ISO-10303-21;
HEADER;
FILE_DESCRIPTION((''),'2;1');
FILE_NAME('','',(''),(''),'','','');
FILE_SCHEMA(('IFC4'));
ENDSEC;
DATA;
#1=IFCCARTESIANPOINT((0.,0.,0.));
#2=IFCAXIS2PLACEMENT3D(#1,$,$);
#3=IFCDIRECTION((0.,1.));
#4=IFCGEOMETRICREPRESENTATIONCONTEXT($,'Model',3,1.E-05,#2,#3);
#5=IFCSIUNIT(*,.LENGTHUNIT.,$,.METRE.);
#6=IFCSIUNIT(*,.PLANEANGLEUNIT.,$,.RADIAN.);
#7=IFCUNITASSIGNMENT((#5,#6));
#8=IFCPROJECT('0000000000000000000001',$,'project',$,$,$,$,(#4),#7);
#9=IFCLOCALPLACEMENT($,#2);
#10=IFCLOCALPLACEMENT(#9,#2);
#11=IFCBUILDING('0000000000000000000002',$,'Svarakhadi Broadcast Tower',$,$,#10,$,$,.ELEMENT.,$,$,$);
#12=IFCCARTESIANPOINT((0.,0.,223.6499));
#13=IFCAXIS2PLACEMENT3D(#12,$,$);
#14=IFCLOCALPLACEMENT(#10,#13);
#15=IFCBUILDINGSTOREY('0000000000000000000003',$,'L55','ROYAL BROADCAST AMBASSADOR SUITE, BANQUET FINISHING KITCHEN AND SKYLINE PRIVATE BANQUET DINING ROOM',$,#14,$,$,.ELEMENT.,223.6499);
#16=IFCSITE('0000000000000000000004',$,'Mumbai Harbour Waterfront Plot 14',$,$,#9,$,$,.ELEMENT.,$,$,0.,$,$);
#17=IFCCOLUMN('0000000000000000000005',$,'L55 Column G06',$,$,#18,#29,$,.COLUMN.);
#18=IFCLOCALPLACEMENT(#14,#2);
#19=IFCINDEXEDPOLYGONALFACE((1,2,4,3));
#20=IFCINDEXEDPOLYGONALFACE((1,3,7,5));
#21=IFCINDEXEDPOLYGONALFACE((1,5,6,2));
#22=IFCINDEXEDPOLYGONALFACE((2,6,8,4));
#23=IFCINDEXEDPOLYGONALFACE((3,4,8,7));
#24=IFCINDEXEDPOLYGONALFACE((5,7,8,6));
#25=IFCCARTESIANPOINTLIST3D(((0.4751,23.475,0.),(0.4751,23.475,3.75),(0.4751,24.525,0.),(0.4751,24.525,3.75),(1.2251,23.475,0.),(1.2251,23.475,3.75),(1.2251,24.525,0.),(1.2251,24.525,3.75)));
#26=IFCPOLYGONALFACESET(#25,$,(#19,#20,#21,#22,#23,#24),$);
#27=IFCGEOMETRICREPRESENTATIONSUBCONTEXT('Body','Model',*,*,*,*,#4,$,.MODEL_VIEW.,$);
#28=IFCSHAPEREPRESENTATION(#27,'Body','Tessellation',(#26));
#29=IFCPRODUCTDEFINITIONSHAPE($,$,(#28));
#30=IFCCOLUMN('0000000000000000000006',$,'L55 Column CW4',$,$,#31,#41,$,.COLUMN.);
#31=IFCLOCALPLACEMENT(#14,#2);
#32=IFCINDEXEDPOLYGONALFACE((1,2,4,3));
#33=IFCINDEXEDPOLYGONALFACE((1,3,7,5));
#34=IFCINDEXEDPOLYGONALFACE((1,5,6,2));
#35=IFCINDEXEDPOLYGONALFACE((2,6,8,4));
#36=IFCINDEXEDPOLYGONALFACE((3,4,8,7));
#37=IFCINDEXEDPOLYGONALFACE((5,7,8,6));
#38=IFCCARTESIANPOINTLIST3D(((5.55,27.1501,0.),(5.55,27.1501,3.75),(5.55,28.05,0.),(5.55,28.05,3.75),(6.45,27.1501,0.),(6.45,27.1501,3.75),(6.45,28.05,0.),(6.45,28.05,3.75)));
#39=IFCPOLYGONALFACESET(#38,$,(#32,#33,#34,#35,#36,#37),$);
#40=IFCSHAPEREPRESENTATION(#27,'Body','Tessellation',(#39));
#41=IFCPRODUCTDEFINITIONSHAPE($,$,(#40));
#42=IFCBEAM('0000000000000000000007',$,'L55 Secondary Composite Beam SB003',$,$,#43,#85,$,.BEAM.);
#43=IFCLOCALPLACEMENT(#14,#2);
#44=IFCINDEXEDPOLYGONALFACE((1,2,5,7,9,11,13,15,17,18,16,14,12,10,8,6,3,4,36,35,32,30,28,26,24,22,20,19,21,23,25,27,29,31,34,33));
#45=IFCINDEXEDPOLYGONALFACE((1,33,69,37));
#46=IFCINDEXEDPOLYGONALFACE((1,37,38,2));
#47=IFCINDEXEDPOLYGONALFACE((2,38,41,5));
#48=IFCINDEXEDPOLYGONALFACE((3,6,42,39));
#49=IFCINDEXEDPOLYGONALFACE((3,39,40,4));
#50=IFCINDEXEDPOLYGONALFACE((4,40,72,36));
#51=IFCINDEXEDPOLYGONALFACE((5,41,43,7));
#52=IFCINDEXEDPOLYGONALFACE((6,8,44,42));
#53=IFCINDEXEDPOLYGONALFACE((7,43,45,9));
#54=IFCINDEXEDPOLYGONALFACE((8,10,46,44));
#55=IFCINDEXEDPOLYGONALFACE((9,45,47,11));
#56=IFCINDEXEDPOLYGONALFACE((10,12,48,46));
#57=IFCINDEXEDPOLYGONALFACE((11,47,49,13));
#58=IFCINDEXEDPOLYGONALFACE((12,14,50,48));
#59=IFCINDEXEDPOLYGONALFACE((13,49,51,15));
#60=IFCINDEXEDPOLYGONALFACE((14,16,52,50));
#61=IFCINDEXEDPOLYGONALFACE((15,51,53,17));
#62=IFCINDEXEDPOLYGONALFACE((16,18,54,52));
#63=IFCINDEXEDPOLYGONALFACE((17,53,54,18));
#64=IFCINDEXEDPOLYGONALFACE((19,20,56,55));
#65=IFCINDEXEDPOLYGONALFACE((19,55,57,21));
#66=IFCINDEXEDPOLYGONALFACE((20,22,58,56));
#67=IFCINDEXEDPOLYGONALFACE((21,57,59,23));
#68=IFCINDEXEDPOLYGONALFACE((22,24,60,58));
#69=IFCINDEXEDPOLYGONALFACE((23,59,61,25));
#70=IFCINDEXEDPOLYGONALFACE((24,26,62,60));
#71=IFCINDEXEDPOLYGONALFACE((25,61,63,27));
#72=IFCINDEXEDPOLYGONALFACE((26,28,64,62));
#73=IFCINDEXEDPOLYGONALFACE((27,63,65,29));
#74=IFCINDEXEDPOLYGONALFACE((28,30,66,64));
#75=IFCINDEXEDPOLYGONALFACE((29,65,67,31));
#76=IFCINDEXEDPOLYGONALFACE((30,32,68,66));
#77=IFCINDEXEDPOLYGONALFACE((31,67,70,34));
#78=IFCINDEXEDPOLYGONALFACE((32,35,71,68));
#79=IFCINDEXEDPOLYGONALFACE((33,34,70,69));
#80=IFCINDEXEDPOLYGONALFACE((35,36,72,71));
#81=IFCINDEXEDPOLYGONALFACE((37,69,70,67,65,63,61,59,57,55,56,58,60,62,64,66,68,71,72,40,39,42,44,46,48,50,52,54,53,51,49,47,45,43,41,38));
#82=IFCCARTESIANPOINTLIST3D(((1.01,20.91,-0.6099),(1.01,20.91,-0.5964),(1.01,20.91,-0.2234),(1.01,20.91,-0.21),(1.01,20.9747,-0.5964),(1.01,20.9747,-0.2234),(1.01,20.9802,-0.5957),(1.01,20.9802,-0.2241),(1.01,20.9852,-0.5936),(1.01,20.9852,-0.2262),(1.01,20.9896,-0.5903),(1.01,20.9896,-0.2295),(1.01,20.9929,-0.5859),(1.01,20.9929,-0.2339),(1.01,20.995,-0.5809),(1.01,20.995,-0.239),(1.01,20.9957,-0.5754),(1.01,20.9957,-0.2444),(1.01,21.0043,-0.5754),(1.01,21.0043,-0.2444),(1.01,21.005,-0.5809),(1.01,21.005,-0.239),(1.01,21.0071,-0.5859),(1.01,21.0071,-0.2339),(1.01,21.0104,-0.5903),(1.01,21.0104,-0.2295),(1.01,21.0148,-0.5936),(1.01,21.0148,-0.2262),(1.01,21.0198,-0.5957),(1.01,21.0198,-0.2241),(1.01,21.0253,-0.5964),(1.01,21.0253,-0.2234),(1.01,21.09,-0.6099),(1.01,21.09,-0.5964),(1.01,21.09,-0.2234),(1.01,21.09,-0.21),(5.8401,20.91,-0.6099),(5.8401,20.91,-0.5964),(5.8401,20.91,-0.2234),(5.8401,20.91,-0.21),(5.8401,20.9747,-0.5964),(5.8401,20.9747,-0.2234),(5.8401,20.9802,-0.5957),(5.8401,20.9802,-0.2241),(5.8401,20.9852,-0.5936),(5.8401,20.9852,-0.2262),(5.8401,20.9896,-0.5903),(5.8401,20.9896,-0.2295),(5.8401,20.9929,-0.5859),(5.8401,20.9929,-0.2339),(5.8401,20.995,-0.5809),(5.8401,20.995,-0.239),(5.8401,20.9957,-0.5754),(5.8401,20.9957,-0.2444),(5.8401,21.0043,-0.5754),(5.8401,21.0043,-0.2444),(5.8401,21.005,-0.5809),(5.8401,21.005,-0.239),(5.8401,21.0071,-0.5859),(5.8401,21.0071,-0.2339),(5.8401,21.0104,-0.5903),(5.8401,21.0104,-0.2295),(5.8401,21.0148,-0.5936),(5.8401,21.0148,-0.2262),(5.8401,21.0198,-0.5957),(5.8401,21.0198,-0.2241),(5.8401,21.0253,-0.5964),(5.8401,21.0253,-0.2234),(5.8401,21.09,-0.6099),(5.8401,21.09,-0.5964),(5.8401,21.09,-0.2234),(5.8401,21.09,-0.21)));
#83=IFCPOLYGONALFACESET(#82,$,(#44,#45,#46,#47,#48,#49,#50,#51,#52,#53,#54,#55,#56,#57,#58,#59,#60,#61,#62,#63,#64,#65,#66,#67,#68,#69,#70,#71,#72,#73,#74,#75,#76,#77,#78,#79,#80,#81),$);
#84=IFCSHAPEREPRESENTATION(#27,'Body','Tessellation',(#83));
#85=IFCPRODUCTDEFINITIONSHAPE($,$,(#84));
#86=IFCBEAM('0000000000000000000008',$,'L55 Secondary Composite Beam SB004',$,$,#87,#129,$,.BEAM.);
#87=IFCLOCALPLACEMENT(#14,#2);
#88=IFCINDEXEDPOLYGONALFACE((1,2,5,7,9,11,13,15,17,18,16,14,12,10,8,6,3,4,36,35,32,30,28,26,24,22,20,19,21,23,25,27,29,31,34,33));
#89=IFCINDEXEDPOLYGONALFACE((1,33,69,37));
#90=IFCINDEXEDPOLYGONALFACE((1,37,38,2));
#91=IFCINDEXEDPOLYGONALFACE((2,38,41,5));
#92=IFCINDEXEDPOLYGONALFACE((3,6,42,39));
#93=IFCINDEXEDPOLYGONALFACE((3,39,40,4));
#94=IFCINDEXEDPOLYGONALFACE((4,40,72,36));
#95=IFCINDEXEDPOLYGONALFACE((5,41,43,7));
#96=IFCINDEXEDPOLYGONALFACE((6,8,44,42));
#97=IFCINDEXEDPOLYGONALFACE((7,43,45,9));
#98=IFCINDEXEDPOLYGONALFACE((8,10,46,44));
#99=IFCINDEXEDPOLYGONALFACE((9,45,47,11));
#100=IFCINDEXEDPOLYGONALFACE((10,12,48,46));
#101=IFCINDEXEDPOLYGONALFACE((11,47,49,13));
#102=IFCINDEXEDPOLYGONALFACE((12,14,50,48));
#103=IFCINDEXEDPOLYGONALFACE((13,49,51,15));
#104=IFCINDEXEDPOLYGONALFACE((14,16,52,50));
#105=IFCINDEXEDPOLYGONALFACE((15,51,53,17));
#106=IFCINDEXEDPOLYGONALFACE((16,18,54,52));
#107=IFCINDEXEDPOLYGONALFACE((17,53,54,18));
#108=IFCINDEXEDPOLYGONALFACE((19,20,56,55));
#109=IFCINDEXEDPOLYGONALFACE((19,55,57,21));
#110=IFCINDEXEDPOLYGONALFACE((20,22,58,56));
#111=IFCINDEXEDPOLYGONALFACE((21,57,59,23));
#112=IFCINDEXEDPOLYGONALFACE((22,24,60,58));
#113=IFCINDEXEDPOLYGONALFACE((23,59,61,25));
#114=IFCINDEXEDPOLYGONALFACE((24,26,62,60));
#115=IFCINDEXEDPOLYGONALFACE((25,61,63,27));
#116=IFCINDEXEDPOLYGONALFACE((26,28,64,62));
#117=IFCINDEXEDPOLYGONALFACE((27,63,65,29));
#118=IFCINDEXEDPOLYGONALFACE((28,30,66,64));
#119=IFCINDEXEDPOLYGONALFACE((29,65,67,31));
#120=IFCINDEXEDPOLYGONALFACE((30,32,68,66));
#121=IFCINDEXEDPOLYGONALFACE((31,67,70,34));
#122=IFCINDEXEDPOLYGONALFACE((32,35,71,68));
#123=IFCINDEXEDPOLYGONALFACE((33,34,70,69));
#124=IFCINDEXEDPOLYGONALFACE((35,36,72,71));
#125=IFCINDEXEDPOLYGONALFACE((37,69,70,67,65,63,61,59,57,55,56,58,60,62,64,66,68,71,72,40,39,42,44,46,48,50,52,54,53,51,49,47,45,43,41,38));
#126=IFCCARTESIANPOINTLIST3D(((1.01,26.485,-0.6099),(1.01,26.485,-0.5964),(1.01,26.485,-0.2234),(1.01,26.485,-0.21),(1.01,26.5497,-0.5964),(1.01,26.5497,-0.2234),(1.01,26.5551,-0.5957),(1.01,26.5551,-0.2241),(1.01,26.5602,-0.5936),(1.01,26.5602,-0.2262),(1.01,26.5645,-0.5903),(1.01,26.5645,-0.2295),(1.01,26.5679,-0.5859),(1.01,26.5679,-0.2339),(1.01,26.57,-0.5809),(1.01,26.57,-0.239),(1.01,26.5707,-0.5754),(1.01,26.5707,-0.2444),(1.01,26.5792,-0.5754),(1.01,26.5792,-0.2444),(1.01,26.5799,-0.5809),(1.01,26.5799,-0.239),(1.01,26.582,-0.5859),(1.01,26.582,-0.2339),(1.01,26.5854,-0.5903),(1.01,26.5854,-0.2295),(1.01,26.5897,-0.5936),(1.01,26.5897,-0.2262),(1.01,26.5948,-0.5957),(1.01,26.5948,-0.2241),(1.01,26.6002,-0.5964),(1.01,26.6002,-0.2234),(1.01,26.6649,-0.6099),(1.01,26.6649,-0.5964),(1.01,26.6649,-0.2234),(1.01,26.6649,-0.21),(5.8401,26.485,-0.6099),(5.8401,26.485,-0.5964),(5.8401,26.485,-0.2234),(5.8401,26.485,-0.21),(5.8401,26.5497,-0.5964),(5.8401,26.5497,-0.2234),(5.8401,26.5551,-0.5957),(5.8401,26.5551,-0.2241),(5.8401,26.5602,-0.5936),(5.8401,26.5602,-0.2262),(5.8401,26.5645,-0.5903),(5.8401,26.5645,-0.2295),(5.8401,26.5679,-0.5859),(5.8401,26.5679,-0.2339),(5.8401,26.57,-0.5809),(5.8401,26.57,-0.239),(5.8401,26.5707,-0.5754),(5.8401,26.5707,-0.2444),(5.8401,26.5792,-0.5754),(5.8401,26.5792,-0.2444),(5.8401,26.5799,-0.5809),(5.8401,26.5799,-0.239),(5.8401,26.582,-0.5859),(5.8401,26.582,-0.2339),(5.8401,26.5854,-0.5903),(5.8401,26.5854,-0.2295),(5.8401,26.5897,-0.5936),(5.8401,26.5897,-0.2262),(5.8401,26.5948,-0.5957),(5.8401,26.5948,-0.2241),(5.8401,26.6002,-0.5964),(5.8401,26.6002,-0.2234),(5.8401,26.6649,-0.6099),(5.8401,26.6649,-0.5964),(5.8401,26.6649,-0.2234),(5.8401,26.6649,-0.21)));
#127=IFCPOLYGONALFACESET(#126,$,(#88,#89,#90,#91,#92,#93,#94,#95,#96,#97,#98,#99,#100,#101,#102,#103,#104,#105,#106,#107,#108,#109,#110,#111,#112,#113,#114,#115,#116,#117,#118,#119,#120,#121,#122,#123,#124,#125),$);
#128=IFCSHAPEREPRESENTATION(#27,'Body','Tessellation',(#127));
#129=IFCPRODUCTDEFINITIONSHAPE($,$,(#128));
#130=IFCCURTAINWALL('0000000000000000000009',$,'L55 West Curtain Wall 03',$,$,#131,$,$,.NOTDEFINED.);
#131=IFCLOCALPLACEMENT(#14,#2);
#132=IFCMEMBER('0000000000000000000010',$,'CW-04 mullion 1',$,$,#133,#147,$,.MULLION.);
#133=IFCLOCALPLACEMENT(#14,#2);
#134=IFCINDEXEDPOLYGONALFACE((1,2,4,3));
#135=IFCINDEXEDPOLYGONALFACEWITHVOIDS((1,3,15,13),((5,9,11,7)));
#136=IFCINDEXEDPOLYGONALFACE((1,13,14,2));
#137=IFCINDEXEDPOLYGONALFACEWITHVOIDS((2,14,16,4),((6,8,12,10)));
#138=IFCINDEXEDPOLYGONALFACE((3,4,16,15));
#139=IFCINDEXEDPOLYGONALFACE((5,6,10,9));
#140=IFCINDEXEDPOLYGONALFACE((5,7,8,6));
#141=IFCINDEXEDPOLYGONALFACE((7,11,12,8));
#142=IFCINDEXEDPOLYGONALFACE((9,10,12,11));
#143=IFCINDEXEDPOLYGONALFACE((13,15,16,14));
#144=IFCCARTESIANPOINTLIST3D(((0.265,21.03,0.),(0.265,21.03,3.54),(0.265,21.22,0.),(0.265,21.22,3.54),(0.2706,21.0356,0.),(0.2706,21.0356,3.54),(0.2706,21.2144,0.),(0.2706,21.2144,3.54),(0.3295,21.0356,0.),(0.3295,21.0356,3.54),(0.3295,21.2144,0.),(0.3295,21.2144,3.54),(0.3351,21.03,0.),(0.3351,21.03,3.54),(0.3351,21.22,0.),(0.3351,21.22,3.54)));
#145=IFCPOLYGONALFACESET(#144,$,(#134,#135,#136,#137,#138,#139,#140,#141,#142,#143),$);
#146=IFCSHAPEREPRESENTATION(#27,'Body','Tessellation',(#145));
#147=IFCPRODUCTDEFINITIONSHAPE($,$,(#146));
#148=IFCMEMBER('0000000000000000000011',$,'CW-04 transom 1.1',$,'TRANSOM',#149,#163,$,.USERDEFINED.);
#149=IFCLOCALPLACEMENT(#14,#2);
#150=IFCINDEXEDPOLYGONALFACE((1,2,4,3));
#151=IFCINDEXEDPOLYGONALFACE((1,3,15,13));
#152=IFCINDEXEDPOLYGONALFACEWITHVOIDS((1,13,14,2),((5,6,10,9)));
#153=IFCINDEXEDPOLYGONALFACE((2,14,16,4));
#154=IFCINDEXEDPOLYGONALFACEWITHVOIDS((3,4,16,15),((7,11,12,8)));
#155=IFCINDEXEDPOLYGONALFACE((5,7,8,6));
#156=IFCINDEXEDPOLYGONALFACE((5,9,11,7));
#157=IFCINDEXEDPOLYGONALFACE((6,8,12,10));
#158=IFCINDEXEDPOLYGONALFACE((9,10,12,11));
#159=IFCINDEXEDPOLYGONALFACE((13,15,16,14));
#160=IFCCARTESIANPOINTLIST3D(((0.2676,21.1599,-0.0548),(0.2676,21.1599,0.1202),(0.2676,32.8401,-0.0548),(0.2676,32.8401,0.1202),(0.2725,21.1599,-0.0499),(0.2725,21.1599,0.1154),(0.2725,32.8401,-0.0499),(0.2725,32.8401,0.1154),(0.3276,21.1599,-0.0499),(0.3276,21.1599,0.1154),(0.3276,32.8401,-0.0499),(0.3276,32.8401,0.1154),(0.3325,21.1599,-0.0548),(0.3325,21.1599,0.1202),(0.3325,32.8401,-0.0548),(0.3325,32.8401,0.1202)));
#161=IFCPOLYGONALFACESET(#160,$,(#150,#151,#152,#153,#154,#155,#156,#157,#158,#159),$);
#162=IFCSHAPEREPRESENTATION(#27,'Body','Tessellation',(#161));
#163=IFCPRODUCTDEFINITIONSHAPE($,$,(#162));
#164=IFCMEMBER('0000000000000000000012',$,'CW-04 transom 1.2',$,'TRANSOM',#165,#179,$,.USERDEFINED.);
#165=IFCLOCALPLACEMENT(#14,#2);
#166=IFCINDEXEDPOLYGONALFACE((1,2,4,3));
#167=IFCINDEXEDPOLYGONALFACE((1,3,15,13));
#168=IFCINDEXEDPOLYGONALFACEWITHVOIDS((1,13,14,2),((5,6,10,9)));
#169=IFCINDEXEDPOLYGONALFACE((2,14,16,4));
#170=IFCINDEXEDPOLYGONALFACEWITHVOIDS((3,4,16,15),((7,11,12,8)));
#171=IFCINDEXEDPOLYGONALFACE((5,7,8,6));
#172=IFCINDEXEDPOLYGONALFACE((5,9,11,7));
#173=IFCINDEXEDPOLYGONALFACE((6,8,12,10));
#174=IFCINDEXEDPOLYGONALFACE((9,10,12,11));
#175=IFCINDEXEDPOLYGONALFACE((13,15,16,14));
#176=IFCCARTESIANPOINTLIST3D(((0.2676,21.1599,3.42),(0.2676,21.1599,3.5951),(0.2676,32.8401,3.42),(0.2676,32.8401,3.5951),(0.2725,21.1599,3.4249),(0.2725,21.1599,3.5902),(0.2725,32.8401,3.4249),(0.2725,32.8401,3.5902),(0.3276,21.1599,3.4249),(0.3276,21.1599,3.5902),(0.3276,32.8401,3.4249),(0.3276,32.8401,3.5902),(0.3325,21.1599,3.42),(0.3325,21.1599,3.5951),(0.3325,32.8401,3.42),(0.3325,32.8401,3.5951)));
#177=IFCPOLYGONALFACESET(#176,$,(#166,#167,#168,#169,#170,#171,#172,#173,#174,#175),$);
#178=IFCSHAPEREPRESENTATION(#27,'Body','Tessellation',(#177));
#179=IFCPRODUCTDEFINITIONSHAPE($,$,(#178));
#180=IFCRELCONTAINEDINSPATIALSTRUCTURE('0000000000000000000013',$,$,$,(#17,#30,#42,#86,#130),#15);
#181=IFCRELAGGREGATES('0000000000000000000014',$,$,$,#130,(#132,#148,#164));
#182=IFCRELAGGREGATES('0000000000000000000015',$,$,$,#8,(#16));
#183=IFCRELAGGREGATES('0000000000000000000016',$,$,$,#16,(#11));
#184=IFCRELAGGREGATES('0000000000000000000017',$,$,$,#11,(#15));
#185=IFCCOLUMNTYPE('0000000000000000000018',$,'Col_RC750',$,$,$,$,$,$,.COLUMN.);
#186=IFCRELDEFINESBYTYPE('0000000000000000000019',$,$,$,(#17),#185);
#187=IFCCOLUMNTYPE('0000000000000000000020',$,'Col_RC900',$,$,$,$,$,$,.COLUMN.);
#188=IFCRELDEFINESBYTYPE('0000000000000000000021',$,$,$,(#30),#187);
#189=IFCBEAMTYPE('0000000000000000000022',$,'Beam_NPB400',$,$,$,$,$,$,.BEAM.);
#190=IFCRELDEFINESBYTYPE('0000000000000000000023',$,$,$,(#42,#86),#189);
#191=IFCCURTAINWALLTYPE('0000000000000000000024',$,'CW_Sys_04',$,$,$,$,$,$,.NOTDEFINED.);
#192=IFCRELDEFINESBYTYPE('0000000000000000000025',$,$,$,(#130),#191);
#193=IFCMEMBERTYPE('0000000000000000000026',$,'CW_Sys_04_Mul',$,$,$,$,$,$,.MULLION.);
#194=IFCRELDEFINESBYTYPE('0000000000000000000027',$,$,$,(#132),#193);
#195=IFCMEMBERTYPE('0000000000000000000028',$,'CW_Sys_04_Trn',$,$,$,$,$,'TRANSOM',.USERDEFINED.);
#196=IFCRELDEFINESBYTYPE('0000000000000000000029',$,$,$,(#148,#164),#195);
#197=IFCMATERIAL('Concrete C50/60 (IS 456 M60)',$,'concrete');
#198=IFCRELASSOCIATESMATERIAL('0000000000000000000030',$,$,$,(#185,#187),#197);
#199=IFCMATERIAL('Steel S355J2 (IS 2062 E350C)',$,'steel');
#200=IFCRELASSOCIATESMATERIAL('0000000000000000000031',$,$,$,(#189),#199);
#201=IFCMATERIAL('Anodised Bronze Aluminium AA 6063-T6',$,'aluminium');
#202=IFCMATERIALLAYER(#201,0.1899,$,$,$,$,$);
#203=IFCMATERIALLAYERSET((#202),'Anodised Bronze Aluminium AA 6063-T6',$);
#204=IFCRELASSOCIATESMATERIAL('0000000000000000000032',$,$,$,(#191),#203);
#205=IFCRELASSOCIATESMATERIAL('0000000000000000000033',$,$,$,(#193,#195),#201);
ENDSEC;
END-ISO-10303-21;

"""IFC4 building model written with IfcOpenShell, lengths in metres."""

from ifc_helpers import new_model, si_unit, direction, frame, origin, origin_2d, place, context, subcontext, project, spatial, rectangle, hollow_rectangle, i_section, extrude, material, layer, layer_set, material_profile, profile_set, type_object, element, aggregate, save


model = new_model("IFC4")

# Units and contexts
model_context = context("Model", 3, precision=1e-05, world=origin(), true_north=direction((0.0, 1.0)))
body_context = subcontext(model_context, "Body", "Model", "MODEL_VIEW")
ifc_project = project(units=[si_unit("LENGTHUNIT", "METRE"), si_unit("PLANEANGLEUNIT", "RADIAN")], contexts=[model_context])

# Site, building, storey
site_placement = place(None, origin())
site = spatial("IfcSite", under=ifc_project, at=site_placement, Name="Mumbai Harbour Waterfront Plot 14", CompositionType="ELEMENT", RefElevation=0.0)
building_placement = place(site_placement, origin())
building = spatial("IfcBuilding", under=site, at=building_placement, Name="Svarakhadi Broadcast Tower", CompositionType="ELEMENT")
storey_placement = place(building_placement, frame((0.0, 0.0, 223.6499)))
storey = spatial("IfcBuildingStorey", under=building, at=storey_placement, Name="L55", Description="ROYAL BROADCAST AMBASSADOR SUITE, BANQUET FINISHING KITCHEN AND SKYLINE PRIVATE BANQUET DINING ROOM", CompositionType="ELEMENT", Elevation=223.6499)

# Columns
ifc_material_1 = material(Name="Concrete C50/60 (IS 456 M60)", Category="concrete")
ifc_material_profile_1 = material_profile(ifc_material_1, rectangle(XDim=0.75, YDim=1.05, at=origin_2d()), Name="RC 750x1050")
ifc_profile_set_1 = profile_set([ifc_material_profile_1], Name="Concrete C50/60 (IS 456 M60)")
column_type_1 = type_object("IfcColumnType", Name="Col_RC750", PredefinedType="COLUMN", material=ifc_profile_set_1)
column_1_placement = place(storey_placement, frame((0.8501, 24.0, 0.0), z_axis=(0.0, 0.0, 1.0), x_axis=(1.0, 0.0, 0.0)))
element("IfcColumn", 1, at=column_1_placement, inside=storey, type_object=column_type_1, Name="L55 Column G06", PredefinedType="COLUMN", context=body_context, shape_type="SweptSolid", body=[
    extrude(rectangle(XDim=0.75, YDim=1.05, at=origin_2d()), origin(), (0.0, 0.0, 1.0), 3.75),
])
ifc_material_profile_2 = material_profile(ifc_material_1, rectangle(XDim=0.8999, YDim=0.8999, at=origin_2d()), Name="RC 900x900")
ifc_profile_set_2 = profile_set([ifc_material_profile_2], Name="Concrete C50/60 (IS 456 M60)")
column_type_2 = type_object("IfcColumnType", Name="Col_RC900", PredefinedType="COLUMN", material=ifc_profile_set_2)
column_2_placement = place(storey_placement, frame((6.0, 27.6001, 0.0), z_axis=(0.0, 0.0, 1.0), x_axis=(1.0, 0.0, 0.0)))
element("IfcColumn", 2, at=column_2_placement, inside=storey, type_object=column_type_2, Name="L55 Column CW4", PredefinedType="COLUMN", context=body_context, shape_type="SweptSolid", body=[
    extrude(rectangle(XDim=0.8999, YDim=0.8999, at=origin_2d()), origin(), (0.0, 0.0, 1.0), 3.75),
])

# Beams
ifc_material_2 = material(Name="Steel S355J2 (IS 2062 E350C)", Category="steel")
ifc_material_profile_3 = material_profile(ifc_material_2, i_section(OverallWidth=0.1799, OverallDepth=0.3999, WebThickness=0.0085, FlangeThickness=0.0134, FilletRadius=0.021, at=origin_2d()), Name="NPB 400x180x66")
ifc_profile_set_3 = profile_set([ifc_material_profile_3], Name="Steel S355J2 (IS 2062 E350C)")
beam_type_1 = type_object("IfcBeamType", Name="Beam_NPB400", PredefinedType="BEAM", material=ifc_profile_set_3)
for number, where, z_axis, x_axis, name in (
    (3, (1.01, 21.0, -0.4099), (1.0, 0.0, 0.0), (0.0, 1.0, 0.0), "L55 Secondary Composite Beam SB003"),
    (4, (1.01, 26.575, -0.4099), (1.0, 0.0, 0.0), (0.0, 1.0, 0.0), "L55 Secondary Composite Beam SB004"),
):
    element("IfcBeam", number, at=place(storey_placement, frame(where, z_axis=z_axis, x_axis=x_axis)), inside=storey, type_object=beam_type_1, Name=name, PredefinedType="BEAM", context=body_context, shape_type="SweptSolid", body=[
        extrude(i_section(OverallWidth=0.1799, OverallDepth=0.3999, WebThickness=0.0085, FlangeThickness=0.0134, FilletRadius=0.021, at=origin_2d()), origin(), (0.0, 0.0, 1.0), 4.8301),
    ])

# Curtain wall, members
ifc_material_3 = material(Name="Anodised Bronze Aluminium AA 6063-T6", Category="aluminium")
ifc_layer_1 = layer(ifc_material_3, 0.1899)
ifc_layer_set_1 = layer_set([ifc_layer_1], Name="Anodised Bronze Aluminium AA 6063-T6")
curtain_wall_type = type_object("IfcCurtainWallType", Name="CW_Sys_04", PredefinedType="NOTDEFINED", material=ifc_layer_set_1)
curtain_wall_placement = place(storey_placement, origin())
curtain_wall = element("IfcCurtainWall", 5, at=curtain_wall_placement, inside=storey, type_object=curtain_wall_type, Name="L55 West Curtain Wall 03", PredefinedType="NOTDEFINED")
ifc_material_profile_4 = material_profile(ifc_material_3, hollow_rectangle(XDim=0.0701, YDim=0.1899, WallThickness=0.0056, at=origin_2d()), Name="ALU MULLION 190x70x6")
ifc_profile_set_4 = profile_set([ifc_material_profile_4], Name="Anodised Bronze Aluminium AA 6063-T6")
member_type_1 = type_object("IfcMemberType", Name="CW_Sys_04_Mul", PredefinedType="MULLION", material=ifc_profile_set_4)
member_1_placement = place(storey_placement, frame((0.3, 21.125, 0.0), z_axis=(0.0, 0.0, 1.0), x_axis=(-1.0, 0.0, 0.0)))
member_1 = element("IfcMember", 6, at=member_1_placement, type_object=member_type_1, Name="CW-04 mullion 1", PredefinedType="MULLION", context=body_context, shape_type="SweptSolid", body=[
    extrude(hollow_rectangle(XDim=0.0701, YDim=0.1899, WallThickness=0.0056, at=origin_2d()), origin(), (0.0, 0.0, 1.0), 3.54),
])
ifc_material_profile_5 = material_profile(ifc_material_3, hollow_rectangle(XDim=0.0649, YDim=0.175, WallThickness=0.0049, at=origin_2d()), Name="ALU TRANSOM 175x65x5")
ifc_profile_set_5 = profile_set([ifc_material_profile_5], Name="Anodised Bronze Aluminium AA 6063-T6")
member_type_2 = type_object("IfcMemberType", Name="CW_Sys_04_Trn", ElementType="TRANSOM", PredefinedType="USERDEFINED", material=ifc_profile_set_5)
member_2_placement = place(storey_placement, frame((0.3, 21.1599, 0.0327), z_axis=(0.0, 1.0, 0.0), x_axis=(-1.0, 0.0, 0.0)))
member_2 = element("IfcMember", 7, at=member_2_placement, type_object=member_type_2, Name="CW-04 transom 1.1", ObjectType="TRANSOM", PredefinedType="USERDEFINED", context=body_context, shape_type="SweptSolid", body=[
    extrude(hollow_rectangle(XDim=0.0649, YDim=0.175, WallThickness=0.0049, at=origin_2d()), origin(), (0.0, 0.0, 1.0), 11.6802),
])
member_3_placement = place(storey_placement, frame((0.3, 21.1599, 3.5076), z_axis=(0.0, 1.0, 0.0), x_axis=(-1.0, 0.0, 0.0)))
member_3 = element("IfcMember", 8, at=member_3_placement, type_object=member_type_2, Name="CW-04 transom 1.2", ObjectType="TRANSOM", PredefinedType="USERDEFINED", context=body_context, shape_type="SweptSolid", body=[
    extrude(hollow_rectangle(XDim=0.0649, YDim=0.175, WallThickness=0.0049, at=origin_2d()), origin(), (0.0, 0.0, 1.0), 11.6802),
])

aggregate(curtain_wall, [member_1, member_2, member_3])

save(model, "model.ifc")
